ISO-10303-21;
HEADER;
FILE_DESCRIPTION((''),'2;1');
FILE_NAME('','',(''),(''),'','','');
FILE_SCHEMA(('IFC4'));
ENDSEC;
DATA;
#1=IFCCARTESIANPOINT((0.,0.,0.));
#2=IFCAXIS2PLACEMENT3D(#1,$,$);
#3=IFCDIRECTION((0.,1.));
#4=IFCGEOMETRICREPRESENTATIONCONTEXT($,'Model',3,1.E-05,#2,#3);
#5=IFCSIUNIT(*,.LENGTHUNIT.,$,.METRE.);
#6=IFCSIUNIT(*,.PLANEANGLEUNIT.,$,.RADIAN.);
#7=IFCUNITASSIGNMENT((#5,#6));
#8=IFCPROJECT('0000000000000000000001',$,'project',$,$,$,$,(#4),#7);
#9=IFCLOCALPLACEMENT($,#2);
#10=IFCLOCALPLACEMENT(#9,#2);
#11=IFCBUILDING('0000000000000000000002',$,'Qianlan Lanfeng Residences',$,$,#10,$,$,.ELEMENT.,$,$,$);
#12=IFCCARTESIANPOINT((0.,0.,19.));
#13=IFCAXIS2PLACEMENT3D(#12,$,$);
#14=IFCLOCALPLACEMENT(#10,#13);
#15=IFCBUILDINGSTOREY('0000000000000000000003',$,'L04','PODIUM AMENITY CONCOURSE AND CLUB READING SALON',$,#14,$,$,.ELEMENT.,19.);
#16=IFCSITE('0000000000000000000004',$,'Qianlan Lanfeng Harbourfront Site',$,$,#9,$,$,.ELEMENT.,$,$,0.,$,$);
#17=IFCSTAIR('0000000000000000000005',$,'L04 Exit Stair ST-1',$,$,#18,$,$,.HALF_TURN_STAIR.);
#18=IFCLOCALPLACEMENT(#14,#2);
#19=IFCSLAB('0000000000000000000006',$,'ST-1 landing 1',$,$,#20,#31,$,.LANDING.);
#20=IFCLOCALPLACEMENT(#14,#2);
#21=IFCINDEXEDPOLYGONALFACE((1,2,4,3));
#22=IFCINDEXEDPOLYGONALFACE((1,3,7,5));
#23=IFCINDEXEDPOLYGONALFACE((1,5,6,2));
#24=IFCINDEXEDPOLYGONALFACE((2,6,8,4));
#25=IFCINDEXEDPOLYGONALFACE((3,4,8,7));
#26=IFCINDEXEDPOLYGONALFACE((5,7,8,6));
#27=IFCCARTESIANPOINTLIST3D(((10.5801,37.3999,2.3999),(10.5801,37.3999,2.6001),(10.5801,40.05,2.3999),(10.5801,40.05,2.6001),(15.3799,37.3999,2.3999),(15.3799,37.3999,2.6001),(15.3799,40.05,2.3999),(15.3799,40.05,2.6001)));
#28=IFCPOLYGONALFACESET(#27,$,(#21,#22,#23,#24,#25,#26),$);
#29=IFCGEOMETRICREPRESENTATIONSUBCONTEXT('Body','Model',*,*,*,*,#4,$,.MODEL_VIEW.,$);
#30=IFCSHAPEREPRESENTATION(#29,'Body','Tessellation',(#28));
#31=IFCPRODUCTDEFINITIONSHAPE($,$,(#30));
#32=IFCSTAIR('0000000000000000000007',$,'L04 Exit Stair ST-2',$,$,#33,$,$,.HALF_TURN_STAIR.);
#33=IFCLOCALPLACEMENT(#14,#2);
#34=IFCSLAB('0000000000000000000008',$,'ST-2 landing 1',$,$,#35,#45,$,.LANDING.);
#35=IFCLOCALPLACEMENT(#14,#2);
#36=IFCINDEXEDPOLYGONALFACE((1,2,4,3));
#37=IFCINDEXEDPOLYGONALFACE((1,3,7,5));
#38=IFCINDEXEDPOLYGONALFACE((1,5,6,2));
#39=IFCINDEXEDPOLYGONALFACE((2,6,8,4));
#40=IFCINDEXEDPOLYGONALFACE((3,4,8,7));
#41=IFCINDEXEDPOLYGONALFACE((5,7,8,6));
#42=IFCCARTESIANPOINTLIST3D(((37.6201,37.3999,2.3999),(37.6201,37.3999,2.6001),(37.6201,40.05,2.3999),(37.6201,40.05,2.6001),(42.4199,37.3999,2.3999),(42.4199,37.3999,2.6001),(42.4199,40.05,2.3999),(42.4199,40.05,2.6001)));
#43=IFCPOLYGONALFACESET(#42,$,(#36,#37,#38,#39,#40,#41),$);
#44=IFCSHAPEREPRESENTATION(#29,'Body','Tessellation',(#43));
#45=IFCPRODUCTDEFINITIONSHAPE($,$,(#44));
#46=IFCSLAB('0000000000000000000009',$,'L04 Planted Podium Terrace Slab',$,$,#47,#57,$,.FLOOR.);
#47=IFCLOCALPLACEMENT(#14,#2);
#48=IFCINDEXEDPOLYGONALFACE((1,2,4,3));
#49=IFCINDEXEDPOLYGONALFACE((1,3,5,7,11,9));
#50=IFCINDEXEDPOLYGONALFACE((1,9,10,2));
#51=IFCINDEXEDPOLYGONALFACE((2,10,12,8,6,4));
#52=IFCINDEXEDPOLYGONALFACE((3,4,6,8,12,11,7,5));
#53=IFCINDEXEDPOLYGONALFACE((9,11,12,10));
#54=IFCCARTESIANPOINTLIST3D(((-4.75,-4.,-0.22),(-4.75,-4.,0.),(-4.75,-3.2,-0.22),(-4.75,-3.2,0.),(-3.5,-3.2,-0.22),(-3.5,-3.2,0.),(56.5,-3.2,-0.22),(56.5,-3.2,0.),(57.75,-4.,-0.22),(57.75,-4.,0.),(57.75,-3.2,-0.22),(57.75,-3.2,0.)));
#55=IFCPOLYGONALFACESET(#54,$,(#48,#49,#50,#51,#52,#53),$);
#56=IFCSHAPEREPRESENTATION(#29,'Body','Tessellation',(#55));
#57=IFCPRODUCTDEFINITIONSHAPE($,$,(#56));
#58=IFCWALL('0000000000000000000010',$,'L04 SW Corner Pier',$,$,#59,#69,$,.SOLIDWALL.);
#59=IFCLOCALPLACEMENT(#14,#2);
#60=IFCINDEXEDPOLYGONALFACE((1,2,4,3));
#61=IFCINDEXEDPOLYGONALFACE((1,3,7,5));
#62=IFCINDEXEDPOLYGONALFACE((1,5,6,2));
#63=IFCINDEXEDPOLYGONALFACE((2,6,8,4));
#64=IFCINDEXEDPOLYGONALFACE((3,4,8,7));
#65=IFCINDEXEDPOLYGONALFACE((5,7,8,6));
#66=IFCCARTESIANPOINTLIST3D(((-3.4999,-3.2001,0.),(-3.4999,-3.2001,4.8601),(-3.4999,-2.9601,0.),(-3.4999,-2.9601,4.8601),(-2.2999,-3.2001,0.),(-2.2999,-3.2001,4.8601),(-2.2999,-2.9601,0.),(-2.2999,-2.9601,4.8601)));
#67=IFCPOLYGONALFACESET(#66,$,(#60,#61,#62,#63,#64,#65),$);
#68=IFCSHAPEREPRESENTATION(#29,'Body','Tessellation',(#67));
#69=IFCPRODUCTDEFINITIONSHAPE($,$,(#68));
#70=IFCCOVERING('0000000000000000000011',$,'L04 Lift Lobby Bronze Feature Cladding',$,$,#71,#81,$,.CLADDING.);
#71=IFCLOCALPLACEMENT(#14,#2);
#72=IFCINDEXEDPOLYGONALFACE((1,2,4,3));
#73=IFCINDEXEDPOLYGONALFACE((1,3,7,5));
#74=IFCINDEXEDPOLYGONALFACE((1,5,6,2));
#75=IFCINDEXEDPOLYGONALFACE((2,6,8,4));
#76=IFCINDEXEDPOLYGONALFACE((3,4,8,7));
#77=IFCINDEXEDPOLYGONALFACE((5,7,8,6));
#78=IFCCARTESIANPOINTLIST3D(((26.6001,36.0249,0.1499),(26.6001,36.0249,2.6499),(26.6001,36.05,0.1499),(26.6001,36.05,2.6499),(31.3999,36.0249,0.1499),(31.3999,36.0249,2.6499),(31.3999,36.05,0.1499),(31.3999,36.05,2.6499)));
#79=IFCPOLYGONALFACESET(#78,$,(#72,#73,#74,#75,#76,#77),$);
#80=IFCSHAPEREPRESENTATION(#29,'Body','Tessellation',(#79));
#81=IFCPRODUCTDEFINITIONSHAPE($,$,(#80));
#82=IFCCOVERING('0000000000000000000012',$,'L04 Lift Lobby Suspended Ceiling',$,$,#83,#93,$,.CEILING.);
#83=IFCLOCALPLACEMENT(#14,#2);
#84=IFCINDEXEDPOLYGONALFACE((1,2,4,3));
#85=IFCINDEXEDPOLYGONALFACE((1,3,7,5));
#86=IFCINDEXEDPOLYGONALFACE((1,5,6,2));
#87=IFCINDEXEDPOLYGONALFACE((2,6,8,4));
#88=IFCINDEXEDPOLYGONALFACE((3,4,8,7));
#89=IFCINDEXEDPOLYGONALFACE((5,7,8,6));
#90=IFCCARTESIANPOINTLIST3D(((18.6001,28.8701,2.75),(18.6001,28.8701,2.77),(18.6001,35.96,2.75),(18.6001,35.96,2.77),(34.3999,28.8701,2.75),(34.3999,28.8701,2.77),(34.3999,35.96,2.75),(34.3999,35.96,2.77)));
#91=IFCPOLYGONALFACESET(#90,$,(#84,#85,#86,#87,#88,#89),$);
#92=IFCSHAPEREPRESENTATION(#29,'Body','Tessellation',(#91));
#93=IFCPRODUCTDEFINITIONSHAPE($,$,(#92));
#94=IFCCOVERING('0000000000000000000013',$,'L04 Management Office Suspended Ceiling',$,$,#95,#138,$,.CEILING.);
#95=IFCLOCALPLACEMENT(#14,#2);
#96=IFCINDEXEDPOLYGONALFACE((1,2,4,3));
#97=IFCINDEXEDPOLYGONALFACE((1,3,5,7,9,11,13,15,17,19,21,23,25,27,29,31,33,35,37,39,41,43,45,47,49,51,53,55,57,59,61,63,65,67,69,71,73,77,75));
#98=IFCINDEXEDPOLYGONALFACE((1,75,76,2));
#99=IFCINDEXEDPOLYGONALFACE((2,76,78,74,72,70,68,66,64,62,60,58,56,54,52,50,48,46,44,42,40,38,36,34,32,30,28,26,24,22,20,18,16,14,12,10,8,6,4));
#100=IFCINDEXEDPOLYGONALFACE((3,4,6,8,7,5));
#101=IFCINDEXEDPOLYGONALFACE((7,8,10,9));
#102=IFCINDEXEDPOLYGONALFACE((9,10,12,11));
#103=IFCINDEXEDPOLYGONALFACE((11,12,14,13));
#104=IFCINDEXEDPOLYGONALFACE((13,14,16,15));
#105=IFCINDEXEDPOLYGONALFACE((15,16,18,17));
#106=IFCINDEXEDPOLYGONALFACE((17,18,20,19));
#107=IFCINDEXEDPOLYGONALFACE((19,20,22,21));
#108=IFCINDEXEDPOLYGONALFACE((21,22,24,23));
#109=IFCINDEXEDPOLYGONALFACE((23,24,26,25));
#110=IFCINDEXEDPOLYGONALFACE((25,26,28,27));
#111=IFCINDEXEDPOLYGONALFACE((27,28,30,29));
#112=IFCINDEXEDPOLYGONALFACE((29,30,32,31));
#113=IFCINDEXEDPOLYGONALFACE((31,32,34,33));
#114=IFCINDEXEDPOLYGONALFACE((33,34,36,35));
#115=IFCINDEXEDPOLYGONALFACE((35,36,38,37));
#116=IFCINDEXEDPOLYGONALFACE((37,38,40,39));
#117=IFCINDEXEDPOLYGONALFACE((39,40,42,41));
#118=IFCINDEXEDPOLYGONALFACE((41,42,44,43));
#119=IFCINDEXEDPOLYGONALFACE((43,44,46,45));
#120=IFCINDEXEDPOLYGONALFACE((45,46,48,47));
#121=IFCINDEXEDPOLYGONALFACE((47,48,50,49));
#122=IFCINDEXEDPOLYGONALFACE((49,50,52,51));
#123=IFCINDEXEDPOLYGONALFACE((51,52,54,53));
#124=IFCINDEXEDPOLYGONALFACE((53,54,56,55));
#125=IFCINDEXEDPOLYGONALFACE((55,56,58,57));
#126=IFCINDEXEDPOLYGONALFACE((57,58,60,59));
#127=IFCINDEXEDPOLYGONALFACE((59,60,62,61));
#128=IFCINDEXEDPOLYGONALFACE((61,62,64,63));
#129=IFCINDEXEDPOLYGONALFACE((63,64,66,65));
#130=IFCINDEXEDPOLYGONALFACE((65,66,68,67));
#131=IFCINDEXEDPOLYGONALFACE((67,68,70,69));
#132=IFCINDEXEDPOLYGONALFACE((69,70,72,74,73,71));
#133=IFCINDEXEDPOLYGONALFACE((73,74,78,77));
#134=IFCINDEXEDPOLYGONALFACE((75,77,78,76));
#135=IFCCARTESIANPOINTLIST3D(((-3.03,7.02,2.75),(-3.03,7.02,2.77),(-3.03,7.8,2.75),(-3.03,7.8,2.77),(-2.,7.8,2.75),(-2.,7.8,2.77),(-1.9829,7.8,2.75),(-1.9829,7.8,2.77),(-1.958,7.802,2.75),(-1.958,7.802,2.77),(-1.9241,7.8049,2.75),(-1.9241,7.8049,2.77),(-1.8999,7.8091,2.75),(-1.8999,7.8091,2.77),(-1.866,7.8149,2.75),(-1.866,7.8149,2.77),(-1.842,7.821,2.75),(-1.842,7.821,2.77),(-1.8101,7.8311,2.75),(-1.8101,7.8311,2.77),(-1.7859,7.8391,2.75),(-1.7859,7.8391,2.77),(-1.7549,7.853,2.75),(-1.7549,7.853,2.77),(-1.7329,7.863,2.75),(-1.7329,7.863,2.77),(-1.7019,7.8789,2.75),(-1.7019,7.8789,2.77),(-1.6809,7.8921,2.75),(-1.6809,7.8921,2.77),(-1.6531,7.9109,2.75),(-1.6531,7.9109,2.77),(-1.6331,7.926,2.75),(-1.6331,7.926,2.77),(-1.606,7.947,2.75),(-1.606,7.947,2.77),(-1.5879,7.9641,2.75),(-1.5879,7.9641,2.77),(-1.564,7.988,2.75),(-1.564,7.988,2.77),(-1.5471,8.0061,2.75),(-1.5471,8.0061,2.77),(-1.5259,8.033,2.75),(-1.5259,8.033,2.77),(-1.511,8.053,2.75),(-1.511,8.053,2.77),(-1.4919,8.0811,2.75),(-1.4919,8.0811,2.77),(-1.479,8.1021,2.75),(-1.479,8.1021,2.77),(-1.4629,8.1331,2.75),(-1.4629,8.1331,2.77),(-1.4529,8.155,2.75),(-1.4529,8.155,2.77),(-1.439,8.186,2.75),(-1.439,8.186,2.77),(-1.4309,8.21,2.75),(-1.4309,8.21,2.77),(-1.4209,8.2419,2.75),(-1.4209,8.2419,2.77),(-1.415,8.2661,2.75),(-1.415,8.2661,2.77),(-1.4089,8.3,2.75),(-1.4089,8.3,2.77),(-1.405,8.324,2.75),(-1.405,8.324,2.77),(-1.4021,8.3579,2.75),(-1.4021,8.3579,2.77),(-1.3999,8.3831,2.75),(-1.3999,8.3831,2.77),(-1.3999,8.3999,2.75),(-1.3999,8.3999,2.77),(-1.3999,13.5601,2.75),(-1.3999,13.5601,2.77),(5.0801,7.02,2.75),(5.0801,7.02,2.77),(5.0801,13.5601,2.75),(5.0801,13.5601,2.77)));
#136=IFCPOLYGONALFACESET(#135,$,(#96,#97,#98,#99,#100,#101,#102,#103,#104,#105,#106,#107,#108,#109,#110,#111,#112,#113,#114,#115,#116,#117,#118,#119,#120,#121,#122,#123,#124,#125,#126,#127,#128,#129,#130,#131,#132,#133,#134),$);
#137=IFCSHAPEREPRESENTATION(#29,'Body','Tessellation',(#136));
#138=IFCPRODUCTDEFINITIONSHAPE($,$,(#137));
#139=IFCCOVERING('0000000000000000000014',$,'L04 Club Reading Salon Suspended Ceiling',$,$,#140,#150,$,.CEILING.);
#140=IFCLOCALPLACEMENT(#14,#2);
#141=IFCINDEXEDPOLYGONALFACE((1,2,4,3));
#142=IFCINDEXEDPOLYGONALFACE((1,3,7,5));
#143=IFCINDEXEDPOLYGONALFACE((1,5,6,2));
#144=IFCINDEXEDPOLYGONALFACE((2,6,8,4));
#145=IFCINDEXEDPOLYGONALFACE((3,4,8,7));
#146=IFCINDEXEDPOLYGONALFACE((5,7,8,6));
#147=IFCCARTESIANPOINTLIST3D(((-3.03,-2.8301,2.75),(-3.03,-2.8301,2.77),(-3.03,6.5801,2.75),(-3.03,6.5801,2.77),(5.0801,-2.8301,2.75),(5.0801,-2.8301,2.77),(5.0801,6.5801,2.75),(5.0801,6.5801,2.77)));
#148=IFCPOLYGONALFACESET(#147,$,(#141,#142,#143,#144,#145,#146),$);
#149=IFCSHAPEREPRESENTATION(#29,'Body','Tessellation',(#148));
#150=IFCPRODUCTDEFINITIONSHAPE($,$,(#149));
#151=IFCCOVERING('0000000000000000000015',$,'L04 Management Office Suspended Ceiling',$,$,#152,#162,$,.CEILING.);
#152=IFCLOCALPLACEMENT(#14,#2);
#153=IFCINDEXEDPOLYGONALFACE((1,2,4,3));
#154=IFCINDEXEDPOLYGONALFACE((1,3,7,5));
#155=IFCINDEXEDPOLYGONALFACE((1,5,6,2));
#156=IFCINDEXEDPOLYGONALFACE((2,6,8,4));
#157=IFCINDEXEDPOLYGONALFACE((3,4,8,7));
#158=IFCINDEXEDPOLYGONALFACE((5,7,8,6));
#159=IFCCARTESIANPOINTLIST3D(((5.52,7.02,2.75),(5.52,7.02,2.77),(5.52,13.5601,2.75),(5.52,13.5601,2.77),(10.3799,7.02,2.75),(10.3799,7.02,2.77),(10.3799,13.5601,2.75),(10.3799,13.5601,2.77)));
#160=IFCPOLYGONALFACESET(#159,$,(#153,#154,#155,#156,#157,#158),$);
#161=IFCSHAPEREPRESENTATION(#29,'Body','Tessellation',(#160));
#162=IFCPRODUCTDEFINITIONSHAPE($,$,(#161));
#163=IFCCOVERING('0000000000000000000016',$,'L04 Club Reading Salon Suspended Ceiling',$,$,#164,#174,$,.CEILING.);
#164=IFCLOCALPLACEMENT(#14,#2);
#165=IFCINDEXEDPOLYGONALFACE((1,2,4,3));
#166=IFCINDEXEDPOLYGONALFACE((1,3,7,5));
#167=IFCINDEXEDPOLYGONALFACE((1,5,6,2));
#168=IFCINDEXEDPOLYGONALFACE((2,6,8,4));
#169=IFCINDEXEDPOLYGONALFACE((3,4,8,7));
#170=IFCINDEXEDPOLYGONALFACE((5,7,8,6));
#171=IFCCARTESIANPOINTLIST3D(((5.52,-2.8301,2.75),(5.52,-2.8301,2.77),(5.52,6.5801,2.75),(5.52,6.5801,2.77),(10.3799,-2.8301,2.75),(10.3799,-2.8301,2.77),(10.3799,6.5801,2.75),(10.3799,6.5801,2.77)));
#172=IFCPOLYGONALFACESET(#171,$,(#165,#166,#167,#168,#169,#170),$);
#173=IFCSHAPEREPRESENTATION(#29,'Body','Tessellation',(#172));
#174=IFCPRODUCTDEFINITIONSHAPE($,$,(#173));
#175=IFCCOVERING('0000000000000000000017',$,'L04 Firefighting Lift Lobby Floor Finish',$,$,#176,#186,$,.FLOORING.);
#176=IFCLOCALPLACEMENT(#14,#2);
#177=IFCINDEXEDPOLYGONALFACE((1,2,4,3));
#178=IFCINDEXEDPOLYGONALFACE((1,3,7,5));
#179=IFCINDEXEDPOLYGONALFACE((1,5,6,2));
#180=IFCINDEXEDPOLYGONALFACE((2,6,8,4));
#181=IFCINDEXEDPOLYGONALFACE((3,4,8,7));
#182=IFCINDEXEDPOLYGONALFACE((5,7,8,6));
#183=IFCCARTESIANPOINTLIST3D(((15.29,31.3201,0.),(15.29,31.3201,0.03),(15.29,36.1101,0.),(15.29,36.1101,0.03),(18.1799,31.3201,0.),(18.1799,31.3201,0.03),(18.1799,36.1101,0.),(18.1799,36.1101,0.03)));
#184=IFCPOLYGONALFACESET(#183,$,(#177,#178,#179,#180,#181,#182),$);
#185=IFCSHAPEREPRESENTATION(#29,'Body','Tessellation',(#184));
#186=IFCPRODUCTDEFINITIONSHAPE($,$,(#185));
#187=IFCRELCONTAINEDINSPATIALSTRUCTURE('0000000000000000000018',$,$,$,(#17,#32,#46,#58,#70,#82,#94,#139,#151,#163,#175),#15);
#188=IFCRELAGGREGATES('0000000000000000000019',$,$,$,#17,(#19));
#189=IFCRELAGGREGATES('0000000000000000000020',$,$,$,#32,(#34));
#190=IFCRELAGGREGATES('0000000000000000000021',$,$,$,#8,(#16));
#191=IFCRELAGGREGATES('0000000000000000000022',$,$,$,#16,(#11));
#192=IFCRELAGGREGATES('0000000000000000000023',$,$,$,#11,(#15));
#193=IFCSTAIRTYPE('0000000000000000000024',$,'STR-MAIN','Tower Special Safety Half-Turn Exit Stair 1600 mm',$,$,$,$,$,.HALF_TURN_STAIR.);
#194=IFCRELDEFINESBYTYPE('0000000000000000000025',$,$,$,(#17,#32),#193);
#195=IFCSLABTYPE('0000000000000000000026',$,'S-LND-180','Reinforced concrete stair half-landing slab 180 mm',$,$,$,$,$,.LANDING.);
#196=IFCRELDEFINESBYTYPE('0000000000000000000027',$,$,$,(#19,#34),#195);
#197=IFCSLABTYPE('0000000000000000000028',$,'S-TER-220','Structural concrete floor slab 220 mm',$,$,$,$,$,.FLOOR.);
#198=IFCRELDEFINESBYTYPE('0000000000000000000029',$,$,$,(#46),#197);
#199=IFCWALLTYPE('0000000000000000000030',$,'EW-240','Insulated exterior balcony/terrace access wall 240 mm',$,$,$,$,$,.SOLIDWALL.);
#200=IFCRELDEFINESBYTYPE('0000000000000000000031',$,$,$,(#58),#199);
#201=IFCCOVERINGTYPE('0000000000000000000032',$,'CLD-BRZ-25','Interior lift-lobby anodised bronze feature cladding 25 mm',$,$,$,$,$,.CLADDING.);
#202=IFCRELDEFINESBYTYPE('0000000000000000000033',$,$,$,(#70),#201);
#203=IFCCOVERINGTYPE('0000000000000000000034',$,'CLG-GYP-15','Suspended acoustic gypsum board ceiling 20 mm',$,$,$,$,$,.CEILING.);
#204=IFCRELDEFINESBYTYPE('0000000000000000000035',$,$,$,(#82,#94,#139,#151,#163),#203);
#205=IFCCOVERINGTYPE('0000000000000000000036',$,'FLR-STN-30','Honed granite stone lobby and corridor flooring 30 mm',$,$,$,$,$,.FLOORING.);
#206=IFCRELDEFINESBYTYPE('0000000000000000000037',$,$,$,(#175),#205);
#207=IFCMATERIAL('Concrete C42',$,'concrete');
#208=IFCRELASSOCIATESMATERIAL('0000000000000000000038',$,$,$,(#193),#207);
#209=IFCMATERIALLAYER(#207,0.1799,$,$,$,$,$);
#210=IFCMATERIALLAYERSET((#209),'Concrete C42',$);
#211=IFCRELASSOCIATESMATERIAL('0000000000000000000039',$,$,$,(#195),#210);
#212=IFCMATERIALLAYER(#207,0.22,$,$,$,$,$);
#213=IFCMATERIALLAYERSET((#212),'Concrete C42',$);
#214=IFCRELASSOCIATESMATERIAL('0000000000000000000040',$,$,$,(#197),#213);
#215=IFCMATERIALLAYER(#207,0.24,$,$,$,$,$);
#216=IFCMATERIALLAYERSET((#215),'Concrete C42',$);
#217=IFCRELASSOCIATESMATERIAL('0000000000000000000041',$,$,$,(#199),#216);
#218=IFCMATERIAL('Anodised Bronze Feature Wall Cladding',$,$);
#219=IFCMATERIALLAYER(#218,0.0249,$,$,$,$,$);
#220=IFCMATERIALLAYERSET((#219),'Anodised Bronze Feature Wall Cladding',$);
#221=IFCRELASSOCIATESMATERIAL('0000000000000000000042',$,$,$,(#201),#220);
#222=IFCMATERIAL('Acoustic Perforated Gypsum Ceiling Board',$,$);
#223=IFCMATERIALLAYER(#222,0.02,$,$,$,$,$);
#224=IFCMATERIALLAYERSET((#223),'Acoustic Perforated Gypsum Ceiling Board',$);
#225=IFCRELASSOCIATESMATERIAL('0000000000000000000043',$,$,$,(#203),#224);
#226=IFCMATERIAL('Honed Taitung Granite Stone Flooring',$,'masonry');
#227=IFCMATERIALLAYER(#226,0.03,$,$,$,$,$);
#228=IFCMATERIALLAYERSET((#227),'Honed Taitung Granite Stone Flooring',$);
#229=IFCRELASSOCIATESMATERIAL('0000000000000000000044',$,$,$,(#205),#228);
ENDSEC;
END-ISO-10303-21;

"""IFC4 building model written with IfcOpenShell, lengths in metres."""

from ifc_helpers import new_model, si_unit, direction, frame, frame_2d, origin, place, context, subcontext, project, spatial, polyline, rectangle, outline, extrude, material, layer, layer_set, type_object, element, aggregate, save


model = new_model("IFC4")

# Units and contexts
model_context = context("Model", 3, precision=1e-05, world=origin(), true_north=direction((0.0, 1.0)))
body_context = subcontext(model_context, "Body", "Model", "MODEL_VIEW")
ifc_project = project(units=[si_unit("LENGTHUNIT", "METRE"), si_unit("PLANEANGLEUNIT", "RADIAN")], contexts=[model_context])

# Site, building, storey
site_placement = place(None, origin())
site = spatial("IfcSite", under=ifc_project, at=site_placement, Name="Qianlan Lanfeng Harbourfront Site", CompositionType="ELEMENT", RefElevation=0.0)
building_placement = place(site_placement, origin())
building = spatial("IfcBuilding", under=site, at=building_placement, Name="Qianlan Lanfeng Residences", CompositionType="ELEMENT")
storey_placement = place(building_placement, frame((0.0, 0.0, 19.0)))
storey = spatial("IfcBuildingStorey", under=building, at=storey_placement, Name="L04", Description="PODIUM AMENITY CONCOURSE AND CLUB READING SALON", CompositionType="ELEMENT", Elevation=19.0)

# Stairs, slabs
ifc_material_1 = material(Name="Concrete C42", Category="concrete")
stair_type = type_object("IfcStairType", Name="STR-MAIN", Description="Tower Special Safety Half-Turn Exit Stair 1600 mm", PredefinedType="HALF_TURN_STAIR", material=ifc_material_1)
stair_1_placement = place(storey_placement, origin())
stair_1 = element("IfcStair", 1, at=stair_1_placement, inside=storey, type_object=stair_type, Name="L04 Exit Stair ST-1", PredefinedType="HALF_TURN_STAIR")
ifc_layer_1 = layer(ifc_material_1, 0.1799)
ifc_layer_set_1 = layer_set([ifc_layer_1], Name="Concrete C42")
slab_type_1 = type_object("IfcSlabType", Name="S-LND-180", Description="Reinforced concrete stair half-landing slab 180 mm", PredefinedType="LANDING", material=ifc_layer_set_1)
slab_1_placement = place(storey_placement, frame((0.0, 0.0, 2.3999)))
slab_1 = element("IfcSlab", 2, at=slab_1_placement, type_object=slab_type_1, Name="ST-1 landing 1", PredefinedType="LANDING", context=body_context, shape_type="SweptSolid", body=[
    extrude(outline(polyline([(10.5801, 37.3999), (15.3799, 37.3999), (15.3799, 40.05), (10.5801, 40.05), (10.5801, 37.3999)])), origin(), (0.0, 0.0, 1.0), 0.2002),
])
aggregate(stair_1, [slab_1])
stair_2_placement = place(storey_placement, origin())
stair_2 = element("IfcStair", 3, at=stair_2_placement, inside=storey, type_object=stair_type, Name="L04 Exit Stair ST-2", PredefinedType="HALF_TURN_STAIR")
slab_2_placement = place(storey_placement, frame((0.0, 0.0, 2.3999)))
slab_2 = element("IfcSlab", 4, at=slab_2_placement, type_object=slab_type_1, Name="ST-2 landing 1", PredefinedType="LANDING", context=body_context, shape_type="SweptSolid", body=[
    extrude(outline(polyline([(37.6201, 37.3999), (42.4199, 37.3999), (42.4199, 40.05), (37.6201, 40.05), (37.6201, 37.3999)])), origin(), (0.0, 0.0, 1.0), 0.2002),
])
aggregate(stair_2, [slab_2])

# Slab
ifc_layer_2 = layer(ifc_material_1, 0.22)
ifc_layer_set_2 = layer_set([ifc_layer_2], Name="Concrete C42")
slab_type_2 = type_object("IfcSlabType", Name="S-TER-220", Description="Structural concrete floor slab 220 mm", PredefinedType="FLOOR", material=ifc_layer_set_2)
slab_3_placement = place(storey_placement, frame((0.0, 0.0, -0.22)))
element("IfcSlab", 5, at=slab_3_placement, inside=storey, type_object=slab_type_2, Name="L04 Planted Podium Terrace Slab", PredefinedType="FLOOR", context=body_context, shape_type="SweptSolid", body=[
    extrude(outline(polyline([(56.5, -3.2), (-3.5, -3.2), (-4.75, -3.2), (-4.75, -4.0), (57.75, -4.0), (57.75, -3.2), (56.5, -3.2)])), origin(), (0.0, 0.0, 1.0), 0.22),
])

# Wall
ifc_layer_3 = layer(ifc_material_1, 0.24)
ifc_layer_set_3 = layer_set([ifc_layer_3], Name="Concrete C42")
wall_type = type_object("IfcWallType", Name="EW-240", Description="Insulated exterior balcony/terrace access wall 240 mm", PredefinedType="SOLIDWALL", material=ifc_layer_set_3)
wall_placement = place(storey_placement, frame((-3.5, -3.0801, 0.0), z_axis=(0.0, 0.0, 1.0), x_axis=(1.0, 0.0, 0.0)))
element("IfcWall", 6, at=wall_placement, inside=storey, type_object=wall_type, Name="L04 SW Corner Pier", PredefinedType="SOLIDWALL", context=body_context, shape_type="SweptSolid", body=[
    extrude(rectangle(XDim=1.2, YDim=0.24, at=frame_2d((0.6001, 0.0))), origin(), (0.0, 0.0, 1.0), 4.8601),
])

# Coverings
ifc_material_2 = material(Name="Anodised Bronze Feature Wall Cladding")
ifc_layer_4 = layer(ifc_material_2, 0.0249)
ifc_layer_set_4 = layer_set([ifc_layer_4], Name="Anodised Bronze Feature Wall Cladding")
covering_type_1 = type_object("IfcCoveringType", Name="CLD-BRZ-25", Description="Interior lift-lobby anodised bronze feature cladding 25 mm", PredefinedType="CLADDING", material=ifc_layer_set_4)
covering_1_placement = place(storey_placement, frame((0.0, 0.0, 0.1499)))
element("IfcCovering", 7, at=covering_1_placement, inside=storey, type_object=covering_type_1, Name="L04 Lift Lobby Bronze Feature Cladding", PredefinedType="CLADDING", context=body_context, shape_type="SweptSolid", body=[
    extrude(outline(polyline([(26.6001, 36.0249), (31.3999, 36.0249), (31.3999, 36.05), (26.6001, 36.05), (26.6001, 36.0249)])), origin(), (0.0, 0.0, 1.0), 2.5),
])
ifc_material_3 = material(Name="Acoustic Perforated Gypsum Ceiling Board")
ifc_layer_5 = layer(ifc_material_3, 0.02)
ifc_layer_set_5 = layer_set([ifc_layer_5], Name="Acoustic Perforated Gypsum Ceiling Board")
covering_type_2 = type_object("IfcCoveringType", Name="CLG-GYP-15", Description="Suspended acoustic gypsum board ceiling 20 mm", PredefinedType="CEILING", material=ifc_layer_set_5)
covering_2_placement = place(storey_placement, frame((0.0, 0.0, 2.75)))
element("IfcCovering", 8, at=covering_2_placement, inside=storey, type_object=covering_type_2, Name="L04 Lift Lobby Suspended Ceiling", PredefinedType="CEILING", context=body_context, shape_type="SweptSolid", body=[
    extrude(outline(polyline([(18.6001, 28.8701), (34.3999, 28.8701), (34.3999, 35.96), (18.6001, 35.96), (18.6001, 28.8701)])), origin(), (0.0, 0.0, 1.0), 0.02),
])
covering_3_placement = place(storey_placement, frame((0.0, 0.0, 2.75)))
element("IfcCovering", 9, at=covering_3_placement, inside=storey, type_object=covering_type_2, Name="L04 Management Office Suspended Ceiling", PredefinedType="CEILING", context=body_context, shape_type="SweptSolid", body=[
    extrude(outline(polyline([(-3.03, 7.02), (5.0801, 7.02), (5.0801, 13.5601), (-1.3999, 13.5601), (-1.3999, 8.3999), (-1.3999, 8.3831), (-1.4021, 8.3579), (-1.405, 8.324), (-1.4089, 8.3), (-1.415, 8.2661), (-1.4209, 8.2419), (-1.4309, 8.21), (-1.439, 8.186), (-1.4529, 8.155), (-1.4629, 8.1331), (-1.479, 8.1021), (-1.4919, 8.0811), (-1.511, 8.053), (-1.5259, 8.033), (-1.5471, 8.0061), (-1.564, 7.988), (-1.5879, 7.9641), (-1.606, 7.947), (-1.6331, 7.926), (-1.6531, 7.9109), (-1.6809, 7.8921), (-1.7019, 7.8789), (-1.7329, 7.863), (-1.7549, 7.853), (-1.7859, 7.8391), (-1.8101, 7.8311), (-1.842, 7.821), (-1.866, 7.8149), (-1.8999, 7.8091), (-1.9241, 7.8049), (-1.958, 7.802), (-1.9829, 7.8), (-2.0, 7.8), (-3.03, 7.8), (-3.03, 7.02)])), origin(), (0.0, 0.0, 1.0), 0.02),
])
covering_4_placement = place(storey_placement, frame((0.0, 0.0, 2.75)))
element("IfcCovering", 10, at=covering_4_placement, inside=storey, type_object=covering_type_2, Name="L04 Club Reading Salon Suspended Ceiling", PredefinedType="CEILING", context=body_context, shape_type="SweptSolid", body=[
    extrude(outline(polyline([(-3.03, -2.8301), (5.0801, -2.8301), (5.0801, 6.5801), (-3.03, 6.5801), (-3.03, -2.8301)])), origin(), (0.0, 0.0, 1.0), 0.02),
])
covering_5_placement = place(storey_placement, frame((0.0, 0.0, 2.75)))
element("IfcCovering", 11, at=covering_5_placement, inside=storey, type_object=covering_type_2, Name="L04 Management Office Suspended Ceiling", PredefinedType="CEILING", context=body_context, shape_type="SweptSolid", body=[
    extrude(outline(polyline([(5.52, 7.02), (10.3799, 7.02), (10.3799, 13.5601), (5.52, 13.5601), (5.52, 7.02)])), origin(), (0.0, 0.0, 1.0), 0.02),
])
covering_6_placement = place(storey_placement, frame((0.0, 0.0, 2.75)))
element("IfcCovering", 12, at=covering_6_placement, inside=storey, type_object=covering_type_2, Name="L04 Club Reading Salon Suspended Ceiling", PredefinedType="CEILING", context=body_context, shape_type="SweptSolid", body=[
    extrude(outline(polyline([(5.52, -2.8301), (10.3799, -2.8301), (10.3799, 6.5801), (5.52, 6.5801), (5.52, -2.8301)])), origin(), (0.0, 0.0, 1.0), 0.02),
])
ifc_material_4 = material(Name="Honed Taitung Granite Stone Flooring", Category="masonry")
ifc_layer_6 = layer(ifc_material_4, 0.03)
ifc_layer_set_6 = layer_set([ifc_layer_6], Name="Honed Taitung Granite Stone Flooring")
covering_type_3 = type_object("IfcCoveringType", Name="FLR-STN-30", Description="Honed granite stone lobby and corridor flooring 30 mm", PredefinedType="FLOORING", material=ifc_layer_set_6)
covering_7_placement = place(storey_placement, origin())
element("IfcCovering", 13, at=covering_7_placement, inside=storey, type_object=covering_type_3, Name="L04 Firefighting Lift Lobby Floor Finish", PredefinedType="FLOORING", context=body_context, shape_type="SweptSolid", body=[
    extrude(outline(polyline([(15.29, 31.3201), (18.1799, 31.3201), (18.1799, 36.1101), (15.29, 36.1101), (15.29, 31.3201)])), origin(), (0.0, 0.0, 1.0), 0.03),
])

save(model, "model.ifc")
